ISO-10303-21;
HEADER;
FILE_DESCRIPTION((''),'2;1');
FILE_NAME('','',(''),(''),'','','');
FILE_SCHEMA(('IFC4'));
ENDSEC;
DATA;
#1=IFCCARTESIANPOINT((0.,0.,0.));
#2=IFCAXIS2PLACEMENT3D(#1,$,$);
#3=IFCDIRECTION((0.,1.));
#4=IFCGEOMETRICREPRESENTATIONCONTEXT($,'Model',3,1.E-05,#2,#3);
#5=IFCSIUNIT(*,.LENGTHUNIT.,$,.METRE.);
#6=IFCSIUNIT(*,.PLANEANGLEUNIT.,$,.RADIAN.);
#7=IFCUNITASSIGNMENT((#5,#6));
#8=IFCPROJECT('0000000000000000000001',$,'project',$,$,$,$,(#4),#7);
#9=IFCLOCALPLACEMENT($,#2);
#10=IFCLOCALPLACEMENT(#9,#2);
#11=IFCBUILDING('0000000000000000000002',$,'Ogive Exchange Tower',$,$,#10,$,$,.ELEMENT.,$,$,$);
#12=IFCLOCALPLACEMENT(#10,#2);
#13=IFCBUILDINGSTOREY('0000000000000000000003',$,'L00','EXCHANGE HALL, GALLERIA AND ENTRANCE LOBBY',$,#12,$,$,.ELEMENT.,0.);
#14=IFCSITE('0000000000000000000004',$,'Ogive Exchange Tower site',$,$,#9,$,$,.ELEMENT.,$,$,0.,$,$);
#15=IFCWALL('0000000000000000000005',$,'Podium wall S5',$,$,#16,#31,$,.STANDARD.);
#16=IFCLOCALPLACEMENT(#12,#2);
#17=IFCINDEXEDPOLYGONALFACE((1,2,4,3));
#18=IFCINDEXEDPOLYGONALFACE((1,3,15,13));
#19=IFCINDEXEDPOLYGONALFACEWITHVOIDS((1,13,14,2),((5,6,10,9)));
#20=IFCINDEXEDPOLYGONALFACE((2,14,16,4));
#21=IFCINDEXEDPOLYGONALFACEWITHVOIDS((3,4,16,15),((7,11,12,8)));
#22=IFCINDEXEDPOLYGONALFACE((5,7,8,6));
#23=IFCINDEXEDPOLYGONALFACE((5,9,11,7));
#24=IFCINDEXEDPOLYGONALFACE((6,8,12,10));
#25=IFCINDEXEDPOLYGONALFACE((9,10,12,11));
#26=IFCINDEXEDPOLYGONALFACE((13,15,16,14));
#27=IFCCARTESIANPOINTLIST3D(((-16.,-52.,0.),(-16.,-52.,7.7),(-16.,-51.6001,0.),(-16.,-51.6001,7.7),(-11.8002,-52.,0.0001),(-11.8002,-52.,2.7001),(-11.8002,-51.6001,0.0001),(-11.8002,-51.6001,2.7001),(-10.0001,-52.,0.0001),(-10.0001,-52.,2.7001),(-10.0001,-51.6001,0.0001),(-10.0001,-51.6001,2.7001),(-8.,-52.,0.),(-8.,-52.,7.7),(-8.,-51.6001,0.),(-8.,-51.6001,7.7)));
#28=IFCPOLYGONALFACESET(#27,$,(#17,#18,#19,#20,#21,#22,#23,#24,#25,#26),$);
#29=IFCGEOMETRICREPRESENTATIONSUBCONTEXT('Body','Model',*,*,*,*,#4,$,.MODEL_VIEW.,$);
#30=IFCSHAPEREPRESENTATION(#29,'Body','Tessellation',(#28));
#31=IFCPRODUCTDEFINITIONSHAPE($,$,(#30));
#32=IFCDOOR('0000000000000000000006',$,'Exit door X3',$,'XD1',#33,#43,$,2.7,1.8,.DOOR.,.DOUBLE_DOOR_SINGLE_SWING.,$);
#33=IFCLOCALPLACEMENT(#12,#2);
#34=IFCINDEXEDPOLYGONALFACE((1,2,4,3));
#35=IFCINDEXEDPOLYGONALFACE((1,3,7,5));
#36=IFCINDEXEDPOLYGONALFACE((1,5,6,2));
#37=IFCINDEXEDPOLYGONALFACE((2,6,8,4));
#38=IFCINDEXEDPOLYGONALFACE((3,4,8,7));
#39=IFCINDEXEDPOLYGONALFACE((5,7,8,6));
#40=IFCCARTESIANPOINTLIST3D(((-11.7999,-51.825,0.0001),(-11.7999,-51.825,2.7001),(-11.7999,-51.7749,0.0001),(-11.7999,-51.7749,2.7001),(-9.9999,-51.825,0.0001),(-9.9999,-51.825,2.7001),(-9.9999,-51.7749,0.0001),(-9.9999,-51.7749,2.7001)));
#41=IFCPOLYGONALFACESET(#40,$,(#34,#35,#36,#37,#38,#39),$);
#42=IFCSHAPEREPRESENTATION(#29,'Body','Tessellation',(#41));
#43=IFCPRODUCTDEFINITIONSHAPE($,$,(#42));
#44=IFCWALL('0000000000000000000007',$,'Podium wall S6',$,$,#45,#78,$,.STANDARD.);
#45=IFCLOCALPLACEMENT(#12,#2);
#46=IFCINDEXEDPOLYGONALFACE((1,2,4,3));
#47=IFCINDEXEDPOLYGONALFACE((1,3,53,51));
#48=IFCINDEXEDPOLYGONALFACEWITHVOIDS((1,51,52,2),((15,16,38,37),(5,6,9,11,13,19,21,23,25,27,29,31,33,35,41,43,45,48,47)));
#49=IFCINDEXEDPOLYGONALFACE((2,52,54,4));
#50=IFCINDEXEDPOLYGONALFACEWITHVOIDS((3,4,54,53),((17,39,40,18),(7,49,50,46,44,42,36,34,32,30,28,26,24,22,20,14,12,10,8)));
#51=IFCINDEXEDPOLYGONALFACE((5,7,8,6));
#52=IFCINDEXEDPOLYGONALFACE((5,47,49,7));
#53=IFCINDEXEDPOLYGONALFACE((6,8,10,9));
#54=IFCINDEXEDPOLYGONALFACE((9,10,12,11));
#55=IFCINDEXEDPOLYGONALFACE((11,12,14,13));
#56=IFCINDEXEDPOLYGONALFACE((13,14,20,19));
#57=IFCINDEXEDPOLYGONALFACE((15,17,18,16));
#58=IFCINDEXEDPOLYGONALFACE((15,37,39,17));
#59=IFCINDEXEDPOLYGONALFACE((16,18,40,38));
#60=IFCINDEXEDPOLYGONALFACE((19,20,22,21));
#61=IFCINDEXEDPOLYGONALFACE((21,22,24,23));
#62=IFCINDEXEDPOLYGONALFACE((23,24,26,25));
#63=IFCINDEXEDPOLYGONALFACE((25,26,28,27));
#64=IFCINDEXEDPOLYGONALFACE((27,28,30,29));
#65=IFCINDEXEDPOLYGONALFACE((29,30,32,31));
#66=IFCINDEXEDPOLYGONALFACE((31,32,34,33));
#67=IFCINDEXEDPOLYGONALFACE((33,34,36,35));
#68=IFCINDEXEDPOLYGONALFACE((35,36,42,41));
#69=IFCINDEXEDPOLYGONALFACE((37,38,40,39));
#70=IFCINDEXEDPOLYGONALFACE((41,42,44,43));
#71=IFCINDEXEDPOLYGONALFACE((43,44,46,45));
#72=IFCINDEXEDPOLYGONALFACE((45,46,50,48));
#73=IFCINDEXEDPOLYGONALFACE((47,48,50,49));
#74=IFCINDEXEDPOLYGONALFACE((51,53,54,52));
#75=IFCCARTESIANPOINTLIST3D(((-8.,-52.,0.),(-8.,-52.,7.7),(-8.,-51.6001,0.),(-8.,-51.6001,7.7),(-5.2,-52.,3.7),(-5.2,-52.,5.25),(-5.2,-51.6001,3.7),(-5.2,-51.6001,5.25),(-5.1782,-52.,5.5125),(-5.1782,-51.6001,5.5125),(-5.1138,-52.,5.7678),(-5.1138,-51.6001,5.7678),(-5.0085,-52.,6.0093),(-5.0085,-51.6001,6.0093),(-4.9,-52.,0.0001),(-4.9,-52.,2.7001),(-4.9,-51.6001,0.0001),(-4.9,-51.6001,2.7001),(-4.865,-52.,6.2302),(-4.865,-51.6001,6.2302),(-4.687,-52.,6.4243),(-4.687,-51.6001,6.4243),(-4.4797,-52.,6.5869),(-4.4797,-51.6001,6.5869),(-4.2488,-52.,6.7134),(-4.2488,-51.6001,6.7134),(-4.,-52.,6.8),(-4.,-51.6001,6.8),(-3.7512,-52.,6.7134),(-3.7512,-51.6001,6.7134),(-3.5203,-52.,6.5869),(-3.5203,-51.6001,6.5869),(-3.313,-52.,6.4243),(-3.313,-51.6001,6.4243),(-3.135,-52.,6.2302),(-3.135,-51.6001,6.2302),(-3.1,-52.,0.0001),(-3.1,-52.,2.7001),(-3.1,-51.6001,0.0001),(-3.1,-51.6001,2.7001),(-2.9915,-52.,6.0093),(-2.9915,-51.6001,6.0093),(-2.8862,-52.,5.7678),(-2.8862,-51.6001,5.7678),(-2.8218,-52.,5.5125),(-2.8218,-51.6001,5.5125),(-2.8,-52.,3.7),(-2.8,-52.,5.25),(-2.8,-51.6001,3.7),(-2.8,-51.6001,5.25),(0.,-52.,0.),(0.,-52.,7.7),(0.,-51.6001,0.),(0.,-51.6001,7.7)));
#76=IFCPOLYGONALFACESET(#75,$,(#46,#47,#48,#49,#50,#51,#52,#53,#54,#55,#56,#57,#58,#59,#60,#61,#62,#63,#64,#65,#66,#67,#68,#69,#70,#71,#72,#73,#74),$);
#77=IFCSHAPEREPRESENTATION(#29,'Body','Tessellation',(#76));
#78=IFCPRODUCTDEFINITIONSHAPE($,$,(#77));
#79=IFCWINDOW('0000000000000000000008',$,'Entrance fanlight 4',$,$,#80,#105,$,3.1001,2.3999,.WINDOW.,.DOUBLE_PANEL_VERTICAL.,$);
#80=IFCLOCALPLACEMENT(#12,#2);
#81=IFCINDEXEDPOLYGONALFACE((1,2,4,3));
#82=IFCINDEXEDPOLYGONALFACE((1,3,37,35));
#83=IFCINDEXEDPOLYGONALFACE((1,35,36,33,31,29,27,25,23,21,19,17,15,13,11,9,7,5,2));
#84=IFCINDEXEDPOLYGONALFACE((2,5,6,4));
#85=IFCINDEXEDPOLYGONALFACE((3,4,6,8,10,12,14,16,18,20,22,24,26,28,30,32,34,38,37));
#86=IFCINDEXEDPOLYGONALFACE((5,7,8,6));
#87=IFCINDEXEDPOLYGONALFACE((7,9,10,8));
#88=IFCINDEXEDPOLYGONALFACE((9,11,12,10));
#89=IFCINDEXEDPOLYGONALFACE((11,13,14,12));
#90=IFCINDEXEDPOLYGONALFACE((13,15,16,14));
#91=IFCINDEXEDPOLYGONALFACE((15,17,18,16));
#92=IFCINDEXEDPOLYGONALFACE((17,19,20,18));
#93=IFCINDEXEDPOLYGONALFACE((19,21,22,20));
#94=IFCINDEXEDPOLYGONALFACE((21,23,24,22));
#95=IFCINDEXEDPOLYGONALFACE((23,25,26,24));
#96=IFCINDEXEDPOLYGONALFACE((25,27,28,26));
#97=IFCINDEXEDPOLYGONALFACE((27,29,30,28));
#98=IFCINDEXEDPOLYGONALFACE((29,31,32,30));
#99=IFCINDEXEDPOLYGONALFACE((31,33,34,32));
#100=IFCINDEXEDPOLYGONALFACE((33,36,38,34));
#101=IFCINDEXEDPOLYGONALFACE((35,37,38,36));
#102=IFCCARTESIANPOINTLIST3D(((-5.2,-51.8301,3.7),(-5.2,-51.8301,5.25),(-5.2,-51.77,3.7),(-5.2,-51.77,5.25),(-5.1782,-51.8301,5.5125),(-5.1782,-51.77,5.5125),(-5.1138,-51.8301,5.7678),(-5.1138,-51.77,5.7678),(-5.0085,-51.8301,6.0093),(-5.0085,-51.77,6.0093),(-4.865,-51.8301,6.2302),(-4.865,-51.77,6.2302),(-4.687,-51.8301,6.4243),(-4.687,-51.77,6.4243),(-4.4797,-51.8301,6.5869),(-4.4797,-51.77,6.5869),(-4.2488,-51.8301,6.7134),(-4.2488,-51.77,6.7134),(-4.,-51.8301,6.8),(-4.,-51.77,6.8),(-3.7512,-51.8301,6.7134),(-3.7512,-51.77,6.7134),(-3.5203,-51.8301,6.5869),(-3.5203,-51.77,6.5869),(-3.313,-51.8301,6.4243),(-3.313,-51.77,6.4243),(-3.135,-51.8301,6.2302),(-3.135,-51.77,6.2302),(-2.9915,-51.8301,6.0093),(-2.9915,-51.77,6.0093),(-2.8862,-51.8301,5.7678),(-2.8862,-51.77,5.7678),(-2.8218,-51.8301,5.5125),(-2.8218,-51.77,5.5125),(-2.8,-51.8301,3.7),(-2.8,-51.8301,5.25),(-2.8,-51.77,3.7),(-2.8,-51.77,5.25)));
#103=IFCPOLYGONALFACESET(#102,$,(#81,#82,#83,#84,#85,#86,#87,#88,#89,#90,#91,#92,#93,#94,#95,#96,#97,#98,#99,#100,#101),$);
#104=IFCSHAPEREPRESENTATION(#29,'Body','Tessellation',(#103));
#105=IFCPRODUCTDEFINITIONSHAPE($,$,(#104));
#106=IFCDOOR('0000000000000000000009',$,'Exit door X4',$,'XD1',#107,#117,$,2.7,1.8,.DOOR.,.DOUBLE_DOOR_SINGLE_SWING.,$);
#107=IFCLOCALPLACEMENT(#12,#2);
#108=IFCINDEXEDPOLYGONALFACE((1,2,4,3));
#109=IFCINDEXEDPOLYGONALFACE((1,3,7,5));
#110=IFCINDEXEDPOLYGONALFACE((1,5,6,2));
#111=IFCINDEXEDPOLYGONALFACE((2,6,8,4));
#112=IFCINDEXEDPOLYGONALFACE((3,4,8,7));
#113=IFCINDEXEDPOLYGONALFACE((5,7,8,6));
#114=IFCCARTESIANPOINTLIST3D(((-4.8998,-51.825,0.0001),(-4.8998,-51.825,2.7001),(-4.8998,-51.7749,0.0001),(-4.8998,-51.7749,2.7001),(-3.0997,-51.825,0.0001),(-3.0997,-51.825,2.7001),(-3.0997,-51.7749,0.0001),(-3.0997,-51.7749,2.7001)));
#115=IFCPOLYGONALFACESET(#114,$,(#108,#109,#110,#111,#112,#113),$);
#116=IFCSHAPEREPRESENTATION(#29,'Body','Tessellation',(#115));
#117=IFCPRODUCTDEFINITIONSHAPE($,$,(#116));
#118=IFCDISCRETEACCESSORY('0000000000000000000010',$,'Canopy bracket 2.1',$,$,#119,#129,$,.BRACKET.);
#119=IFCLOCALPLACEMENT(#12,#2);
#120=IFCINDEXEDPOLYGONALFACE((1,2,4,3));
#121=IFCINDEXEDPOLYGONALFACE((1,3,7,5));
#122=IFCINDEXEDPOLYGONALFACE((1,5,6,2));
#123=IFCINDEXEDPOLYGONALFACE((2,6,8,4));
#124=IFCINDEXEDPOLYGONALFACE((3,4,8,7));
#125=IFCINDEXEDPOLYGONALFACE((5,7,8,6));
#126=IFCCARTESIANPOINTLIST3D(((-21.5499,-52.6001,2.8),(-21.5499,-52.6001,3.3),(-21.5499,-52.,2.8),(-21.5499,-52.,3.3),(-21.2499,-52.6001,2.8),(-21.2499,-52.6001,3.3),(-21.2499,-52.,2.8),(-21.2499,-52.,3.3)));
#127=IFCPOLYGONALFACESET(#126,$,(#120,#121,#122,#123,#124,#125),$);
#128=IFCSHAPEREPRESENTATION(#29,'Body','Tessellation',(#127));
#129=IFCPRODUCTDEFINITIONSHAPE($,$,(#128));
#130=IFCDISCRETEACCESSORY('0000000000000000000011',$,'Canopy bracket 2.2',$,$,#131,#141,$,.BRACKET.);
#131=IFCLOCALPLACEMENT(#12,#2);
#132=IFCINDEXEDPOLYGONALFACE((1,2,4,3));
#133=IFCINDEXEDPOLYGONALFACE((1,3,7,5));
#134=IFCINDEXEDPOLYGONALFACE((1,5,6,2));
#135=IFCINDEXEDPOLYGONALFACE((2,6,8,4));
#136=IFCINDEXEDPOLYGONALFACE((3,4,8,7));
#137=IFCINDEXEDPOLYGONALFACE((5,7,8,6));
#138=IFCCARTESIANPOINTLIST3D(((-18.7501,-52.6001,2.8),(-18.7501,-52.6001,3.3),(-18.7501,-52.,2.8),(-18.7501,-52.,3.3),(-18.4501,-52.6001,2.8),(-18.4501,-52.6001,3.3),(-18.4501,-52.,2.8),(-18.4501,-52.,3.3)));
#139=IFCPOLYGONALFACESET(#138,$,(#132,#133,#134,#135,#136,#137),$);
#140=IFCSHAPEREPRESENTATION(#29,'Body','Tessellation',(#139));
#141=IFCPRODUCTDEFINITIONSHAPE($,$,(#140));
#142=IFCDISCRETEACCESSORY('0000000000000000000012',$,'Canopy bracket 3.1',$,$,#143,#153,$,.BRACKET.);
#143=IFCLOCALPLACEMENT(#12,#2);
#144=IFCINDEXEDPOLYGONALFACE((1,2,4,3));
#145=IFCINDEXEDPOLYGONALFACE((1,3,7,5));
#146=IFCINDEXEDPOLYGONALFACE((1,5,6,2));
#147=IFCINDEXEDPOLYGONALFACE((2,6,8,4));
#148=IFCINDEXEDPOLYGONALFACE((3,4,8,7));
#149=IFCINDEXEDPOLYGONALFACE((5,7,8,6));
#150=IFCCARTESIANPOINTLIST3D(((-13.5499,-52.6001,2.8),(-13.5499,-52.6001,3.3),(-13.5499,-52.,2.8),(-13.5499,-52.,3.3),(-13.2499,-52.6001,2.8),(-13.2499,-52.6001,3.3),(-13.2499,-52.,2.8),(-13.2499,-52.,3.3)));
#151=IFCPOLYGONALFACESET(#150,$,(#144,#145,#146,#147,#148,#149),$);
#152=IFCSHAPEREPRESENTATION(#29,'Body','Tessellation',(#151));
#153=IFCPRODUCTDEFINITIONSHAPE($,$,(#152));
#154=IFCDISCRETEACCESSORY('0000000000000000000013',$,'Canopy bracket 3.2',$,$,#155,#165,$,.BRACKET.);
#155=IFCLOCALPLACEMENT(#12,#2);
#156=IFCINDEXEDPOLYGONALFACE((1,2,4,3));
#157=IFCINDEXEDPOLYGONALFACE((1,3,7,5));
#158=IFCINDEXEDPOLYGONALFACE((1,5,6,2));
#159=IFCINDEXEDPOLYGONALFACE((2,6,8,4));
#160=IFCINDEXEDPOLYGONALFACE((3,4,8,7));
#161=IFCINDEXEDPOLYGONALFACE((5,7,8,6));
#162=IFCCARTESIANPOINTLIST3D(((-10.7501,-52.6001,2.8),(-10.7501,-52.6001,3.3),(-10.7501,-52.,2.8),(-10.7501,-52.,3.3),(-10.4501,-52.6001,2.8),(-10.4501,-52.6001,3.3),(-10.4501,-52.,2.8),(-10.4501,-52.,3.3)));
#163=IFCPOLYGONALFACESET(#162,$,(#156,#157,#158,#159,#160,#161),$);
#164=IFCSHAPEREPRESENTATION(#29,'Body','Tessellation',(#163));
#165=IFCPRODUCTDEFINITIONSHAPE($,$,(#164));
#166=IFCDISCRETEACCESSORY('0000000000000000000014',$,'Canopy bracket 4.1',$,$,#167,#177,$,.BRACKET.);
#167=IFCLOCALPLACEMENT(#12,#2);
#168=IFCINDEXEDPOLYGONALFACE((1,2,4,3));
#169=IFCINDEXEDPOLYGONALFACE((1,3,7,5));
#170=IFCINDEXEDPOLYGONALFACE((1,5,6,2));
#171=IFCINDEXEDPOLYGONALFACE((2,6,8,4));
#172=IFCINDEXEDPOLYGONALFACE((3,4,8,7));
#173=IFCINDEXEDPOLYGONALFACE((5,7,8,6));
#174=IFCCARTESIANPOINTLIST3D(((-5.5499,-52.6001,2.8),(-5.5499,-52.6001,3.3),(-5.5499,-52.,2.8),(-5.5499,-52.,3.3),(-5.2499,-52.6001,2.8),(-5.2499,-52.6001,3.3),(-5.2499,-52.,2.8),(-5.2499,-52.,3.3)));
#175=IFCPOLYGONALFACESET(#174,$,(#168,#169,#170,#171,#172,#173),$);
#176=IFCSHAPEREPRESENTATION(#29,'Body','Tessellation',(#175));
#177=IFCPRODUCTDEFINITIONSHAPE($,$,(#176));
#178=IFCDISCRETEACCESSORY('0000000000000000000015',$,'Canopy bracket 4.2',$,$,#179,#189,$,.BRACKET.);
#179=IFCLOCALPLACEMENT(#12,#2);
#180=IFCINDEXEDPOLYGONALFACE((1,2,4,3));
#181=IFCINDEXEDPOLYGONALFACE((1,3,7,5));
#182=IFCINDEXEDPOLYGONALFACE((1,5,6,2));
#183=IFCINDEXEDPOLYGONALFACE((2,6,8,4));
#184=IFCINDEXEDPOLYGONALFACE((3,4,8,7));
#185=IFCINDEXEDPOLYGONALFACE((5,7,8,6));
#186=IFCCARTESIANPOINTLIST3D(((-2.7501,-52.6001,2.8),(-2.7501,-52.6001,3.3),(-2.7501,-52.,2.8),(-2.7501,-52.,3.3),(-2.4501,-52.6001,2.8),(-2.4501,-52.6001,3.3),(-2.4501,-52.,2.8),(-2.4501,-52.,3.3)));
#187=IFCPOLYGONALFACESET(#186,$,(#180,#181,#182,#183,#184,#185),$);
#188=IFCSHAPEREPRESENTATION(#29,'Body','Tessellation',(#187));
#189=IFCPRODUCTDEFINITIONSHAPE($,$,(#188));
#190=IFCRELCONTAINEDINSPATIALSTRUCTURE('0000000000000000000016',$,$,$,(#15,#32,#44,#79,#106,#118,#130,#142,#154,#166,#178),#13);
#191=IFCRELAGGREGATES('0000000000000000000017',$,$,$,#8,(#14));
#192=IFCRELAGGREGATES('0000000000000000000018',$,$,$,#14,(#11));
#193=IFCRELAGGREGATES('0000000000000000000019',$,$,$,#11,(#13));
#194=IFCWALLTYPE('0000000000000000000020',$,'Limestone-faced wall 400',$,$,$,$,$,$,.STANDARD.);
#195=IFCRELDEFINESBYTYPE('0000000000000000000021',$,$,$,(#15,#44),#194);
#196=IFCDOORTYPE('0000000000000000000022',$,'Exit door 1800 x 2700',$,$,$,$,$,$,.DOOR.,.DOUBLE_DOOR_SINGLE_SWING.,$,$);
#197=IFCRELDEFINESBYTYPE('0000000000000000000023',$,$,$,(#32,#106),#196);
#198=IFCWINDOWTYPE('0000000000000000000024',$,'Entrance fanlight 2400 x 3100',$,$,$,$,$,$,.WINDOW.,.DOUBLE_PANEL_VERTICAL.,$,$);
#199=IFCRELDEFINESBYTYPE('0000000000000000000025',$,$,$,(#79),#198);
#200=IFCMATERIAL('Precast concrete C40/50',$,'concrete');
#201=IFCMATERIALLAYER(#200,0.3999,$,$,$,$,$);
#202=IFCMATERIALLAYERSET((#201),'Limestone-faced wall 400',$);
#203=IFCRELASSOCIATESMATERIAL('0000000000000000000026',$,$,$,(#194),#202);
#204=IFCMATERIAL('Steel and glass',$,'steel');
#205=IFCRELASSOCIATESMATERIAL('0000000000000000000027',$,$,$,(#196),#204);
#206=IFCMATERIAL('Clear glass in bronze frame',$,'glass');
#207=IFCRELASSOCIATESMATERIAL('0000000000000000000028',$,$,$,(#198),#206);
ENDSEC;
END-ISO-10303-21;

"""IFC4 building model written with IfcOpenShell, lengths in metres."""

from ifc_helpers import new_model, si_unit, direction, frame, frame_2d, origin, origin_2d, place, context, subcontext, project, spatial, polyline, rectangle, outline, extrude, material, layer, layer_set, type_object, element, fill, save


model = new_model("IFC4")

# Units and contexts
model_context = context("Model", 3, precision=1e-05, world=origin(), true_north=direction((0.0, 1.0)))
body_context = subcontext(model_context, "Body", "Model", "MODEL_VIEW")
ifc_project = project(units=[si_unit("LENGTHUNIT", "METRE"), si_unit("PLANEANGLEUNIT", "RADIAN")], contexts=[model_context])

# Site, building, storey
site_placement = place(None, origin())
site = spatial("IfcSite", under=ifc_project, at=site_placement, Name="Ogive Exchange Tower site", CompositionType="ELEMENT", RefElevation=0.0)
building_placement = place(site_placement, origin())
building = spatial("IfcBuilding", under=site, at=building_placement, Name="Ogive Exchange Tower", CompositionType="ELEMENT")
storey_placement = place(building_placement, origin())
storey = spatial("IfcBuildingStorey", under=building, at=storey_placement, Name="L00", Description="EXCHANGE HALL, GALLERIA AND ENTRANCE LOBBY", CompositionType="ELEMENT", Elevation=0.0)

# Shared definitions
ifc_material_1 = material(Name="Precast concrete C40/50", Category="concrete")

# Wall, opening, door
ifc_layer_1 = layer(ifc_material_1, 0.3999)
ifc_layer_set_1 = layer_set([ifc_layer_1], Name="Limestone-faced wall 400")
wall_type = type_object("IfcWallType", Name="Limestone-faced wall 400", PredefinedType="STANDARD", material=ifc_layer_set_1)
wall_1_placement = place(storey_placement, frame((-16.0, -51.8, 0.0), z_axis=(0.0, 0.0, 1.0), x_axis=(1.0, 0.0, 0.0)))
wall_1 = element("IfcWall", 1, at=wall_1_placement, inside=storey, type_object=wall_type, Name="Podium wall S5", PredefinedType="STANDARD", context=body_context, shape_type="SweptSolid", body=[
    extrude(rectangle(XDim=8.0, YDim=0.3999, at=frame_2d((4.0, 0.0))), origin(), (0.0, 0.0, 1.0), 7.7),
])
opening_1_placement = place(wall_1_placement, frame((4.2, 0.0, 0.0)))
opening_1 = element("IfcOpeningElement", 2, at=opening_1_placement, cuts=wall_1, PredefinedType="OPENING", context=body_context, shape_type="SweptSolid", body=[
    extrude(rectangle(XDim=1.8, YDim=2.7, at=frame_2d((0.8999, 1.3501))), frame((0.0, 0.21, 0.0), z_axis=(0.0, -1.0, 0.0), x_axis=(1.0, 0.0, 0.0)), (0.0, 0.0, 1.0), 0.4199),
])
ifc_material_2 = material(Name="Steel and glass", Category="steel")
door_type = type_object("IfcDoorType", Name="Exit door 1800 x 2700", OperationType="DOUBLE_DOOR_SINGLE_SWING", PredefinedType="DOOR", material=ifc_material_2)
door_1_placement = place(opening_1_placement, frame((1.8, 0.0, 0.0), z_axis=(0.0, 0.0, 1.0), x_axis=(-1.0, 0.0, 0.0)))
door_1 = element("IfcDoor", 3, at=door_1_placement, inside=storey, type_object=door_type, Name="Exit door X3", ObjectType="XD1", OperationType="DOUBLE_DOOR_SINGLE_SWING", OverallHeight=2.7, OverallWidth=1.8, PredefinedType="DOOR", context=body_context, shape_type="SweptSolid", body=[
    extrude(rectangle(XDim=1.8, YDim=2.7, at=frame_2d((0.8999, 1.3501))), frame((0.0, 0.0249, 0.0), z_axis=(0.0, -1.0, 0.0), x_axis=(1.0, 0.0, 0.0)), (0.0, 0.0, 1.0), 0.05),
])
fill(opening_1, door_1)

# Wall, openings, window, door
wall_2_placement = place(storey_placement, frame((-8.0, -51.8, 0.0), z_axis=(0.0, 0.0, 1.0), x_axis=(1.0, 0.0, 0.0)))
wall_2 = element("IfcWall", 4, at=wall_2_placement, inside=storey, type_object=wall_type, Name="Podium wall S6", PredefinedType="STANDARD", context=body_context, shape_type="SweptSolid", body=[
    extrude(rectangle(XDim=8.0, YDim=0.3999, at=frame_2d((4.0, 0.0))), origin(), (0.0, 0.0, 1.0), 7.7),
])
opening_2_placement = place(wall_2_placement, frame((3.1001, 0.0, 0.0)))
opening_2 = element("IfcOpeningElement", 5, at=opening_2_placement, cuts=wall_2, PredefinedType="OPENING", context=body_context, shape_type="SweptSolid", body=[
    extrude(rectangle(XDim=1.8, YDim=2.7, at=frame_2d((0.8999, 1.3501))), frame((0.0, 0.21, 0.0), z_axis=(0.0, -1.0, 0.0), x_axis=(1.0, 0.0, 0.0)), (0.0, 0.0, 1.0), 0.4199),
])
opening_3_placement = place(wall_2_placement, frame((2.8, 0.0, 3.7)))
opening_3 = element("IfcOpeningElement", 6, at=opening_3_placement, cuts=wall_2, PredefinedType="OPENING", context=body_context, shape_type="SweptSolid", body=[
    extrude(outline(polyline([(0.0, 0.0), (2.3999, 0.0), (2.3999, 1.55), (2.3782, 1.8125), (2.3137, 2.0679), (2.2085, 2.3093), (2.0649, 2.5303), (1.887, 2.7244), (1.6797, 2.887), (1.4487, 3.0134), (1.2, 3.1001), (0.9512, 3.0134), (0.7202, 2.887), (0.5129, 2.7244), (0.335, 2.5303), (0.1914, 2.3093), (0.0862, 2.0679), (0.0217, 1.8125), (0.0, 1.55), (0.0, 0.0)])), frame((0.0, 0.21, 0.0), z_axis=(0.0, -1.0, 0.0), x_axis=(1.0, 0.0, 0.0)), (0.0, 0.0, 1.0), 0.4199),
])
ifc_material_3 = material(Name="Clear glass in bronze frame", Category="glass")
window_type = type_object("IfcWindowType", Name="Entrance fanlight 2400 x 3100", PartitioningType="DOUBLE_PANEL_VERTICAL", PredefinedType="WINDOW", material=ifc_material_3)
window_placement = place(opening_3_placement, origin())
window = element("IfcWindow", 7, at=window_placement, inside=storey, type_object=window_type, Name="Entrance fanlight 4", OverallHeight=3.1001, OverallWidth=2.3999, PartitioningType="DOUBLE_PANEL_VERTICAL", PredefinedType="WINDOW", context=body_context, shape_type="SweptSolid", body=[
    extrude(outline(polyline([(0.0, 0.0), (2.3999, 0.0), (2.3999, 1.55), (2.3782, 1.8125), (2.3137, 2.0679), (2.2085, 2.3093), (2.0649, 2.5303), (1.887, 2.7244), (1.6797, 2.887), (1.4487, 3.0134), (1.2, 3.1001), (0.9512, 3.0134), (0.7202, 2.887), (0.5129, 2.7244), (0.335, 2.5303), (0.1914, 2.3093), (0.0862, 2.0679), (0.0217, 1.8125), (0.0, 1.55), (0.0, 0.0)])), frame((0.0, 0.03, 0.0), z_axis=(0.0, -1.0, 0.0), x_axis=(1.0, 0.0, 0.0)), (0.0, 0.0, 1.0), 0.0601),
])
fill(opening_3, window)
door_2_placement = place(opening_2_placement, frame((1.8, 0.0, 0.0), z_axis=(0.0, 0.0, 1.0), x_axis=(-1.0, 0.0, 0.0)))
door_2 = element("IfcDoor", 8, at=door_2_placement, inside=storey, type_object=door_type, Name="Exit door X4", ObjectType="XD1", OperationType="DOUBLE_DOOR_SINGLE_SWING", OverallHeight=2.7, OverallWidth=1.8, PredefinedType="DOOR", context=body_context, shape_type="SweptSolid", body=[
    extrude(rectangle(XDim=1.8, YDim=2.7, at=frame_2d((0.8999, 1.3501))), frame((0.0, 0.0249, 0.0), z_axis=(0.0, -1.0, 0.0), x_axis=(1.0, 0.0, 0.0)), (0.0, 0.0, 1.0), 0.05),
])
fill(opening_2, door_2)

# Discrete accessories
for number, where, z_axis, x_axis, name in (
    (9, (-21.3999, -52.3, 2.8), (0.0, 0.0, 1.0), (1.0, 0.0, 0.0), "Canopy bracket 2.1"),
    (10, (-18.6001, -52.3, 2.8), (0.0, 0.0, 1.0), (1.0, 0.0, 0.0), "Canopy bracket 2.2"),
    (11, (-13.3999, -52.3, 2.8), (0.0, 0.0, 1.0), (1.0, 0.0, 0.0), "Canopy bracket 3.1"),
    (12, (-10.6001, -52.3, 2.8), (0.0, 0.0, 1.0), (1.0, 0.0, 0.0), "Canopy bracket 3.2"),
    (13, (-5.3999, -52.3, 2.8), (0.0, 0.0, 1.0), (1.0, 0.0, 0.0), "Canopy bracket 4.1"),
    (14, (-2.6001, -52.3, 2.8), (0.0, 0.0, 1.0), (1.0, 0.0, 0.0), "Canopy bracket 4.2"),
):
    element("IfcDiscreteAccessory", number, at=place(storey_placement, frame(where, z_axis=z_axis, x_axis=x_axis)), inside=storey, Name=name, PredefinedType="BRACKET", context=body_context, shape_type="SweptSolid", body=[
        extrude(rectangle(XDim=0.3, YDim=0.6001, at=origin_2d()), origin(), (0.0, 0.0, 1.0), 0.5),
    ])

save(model, "model.ifc")
